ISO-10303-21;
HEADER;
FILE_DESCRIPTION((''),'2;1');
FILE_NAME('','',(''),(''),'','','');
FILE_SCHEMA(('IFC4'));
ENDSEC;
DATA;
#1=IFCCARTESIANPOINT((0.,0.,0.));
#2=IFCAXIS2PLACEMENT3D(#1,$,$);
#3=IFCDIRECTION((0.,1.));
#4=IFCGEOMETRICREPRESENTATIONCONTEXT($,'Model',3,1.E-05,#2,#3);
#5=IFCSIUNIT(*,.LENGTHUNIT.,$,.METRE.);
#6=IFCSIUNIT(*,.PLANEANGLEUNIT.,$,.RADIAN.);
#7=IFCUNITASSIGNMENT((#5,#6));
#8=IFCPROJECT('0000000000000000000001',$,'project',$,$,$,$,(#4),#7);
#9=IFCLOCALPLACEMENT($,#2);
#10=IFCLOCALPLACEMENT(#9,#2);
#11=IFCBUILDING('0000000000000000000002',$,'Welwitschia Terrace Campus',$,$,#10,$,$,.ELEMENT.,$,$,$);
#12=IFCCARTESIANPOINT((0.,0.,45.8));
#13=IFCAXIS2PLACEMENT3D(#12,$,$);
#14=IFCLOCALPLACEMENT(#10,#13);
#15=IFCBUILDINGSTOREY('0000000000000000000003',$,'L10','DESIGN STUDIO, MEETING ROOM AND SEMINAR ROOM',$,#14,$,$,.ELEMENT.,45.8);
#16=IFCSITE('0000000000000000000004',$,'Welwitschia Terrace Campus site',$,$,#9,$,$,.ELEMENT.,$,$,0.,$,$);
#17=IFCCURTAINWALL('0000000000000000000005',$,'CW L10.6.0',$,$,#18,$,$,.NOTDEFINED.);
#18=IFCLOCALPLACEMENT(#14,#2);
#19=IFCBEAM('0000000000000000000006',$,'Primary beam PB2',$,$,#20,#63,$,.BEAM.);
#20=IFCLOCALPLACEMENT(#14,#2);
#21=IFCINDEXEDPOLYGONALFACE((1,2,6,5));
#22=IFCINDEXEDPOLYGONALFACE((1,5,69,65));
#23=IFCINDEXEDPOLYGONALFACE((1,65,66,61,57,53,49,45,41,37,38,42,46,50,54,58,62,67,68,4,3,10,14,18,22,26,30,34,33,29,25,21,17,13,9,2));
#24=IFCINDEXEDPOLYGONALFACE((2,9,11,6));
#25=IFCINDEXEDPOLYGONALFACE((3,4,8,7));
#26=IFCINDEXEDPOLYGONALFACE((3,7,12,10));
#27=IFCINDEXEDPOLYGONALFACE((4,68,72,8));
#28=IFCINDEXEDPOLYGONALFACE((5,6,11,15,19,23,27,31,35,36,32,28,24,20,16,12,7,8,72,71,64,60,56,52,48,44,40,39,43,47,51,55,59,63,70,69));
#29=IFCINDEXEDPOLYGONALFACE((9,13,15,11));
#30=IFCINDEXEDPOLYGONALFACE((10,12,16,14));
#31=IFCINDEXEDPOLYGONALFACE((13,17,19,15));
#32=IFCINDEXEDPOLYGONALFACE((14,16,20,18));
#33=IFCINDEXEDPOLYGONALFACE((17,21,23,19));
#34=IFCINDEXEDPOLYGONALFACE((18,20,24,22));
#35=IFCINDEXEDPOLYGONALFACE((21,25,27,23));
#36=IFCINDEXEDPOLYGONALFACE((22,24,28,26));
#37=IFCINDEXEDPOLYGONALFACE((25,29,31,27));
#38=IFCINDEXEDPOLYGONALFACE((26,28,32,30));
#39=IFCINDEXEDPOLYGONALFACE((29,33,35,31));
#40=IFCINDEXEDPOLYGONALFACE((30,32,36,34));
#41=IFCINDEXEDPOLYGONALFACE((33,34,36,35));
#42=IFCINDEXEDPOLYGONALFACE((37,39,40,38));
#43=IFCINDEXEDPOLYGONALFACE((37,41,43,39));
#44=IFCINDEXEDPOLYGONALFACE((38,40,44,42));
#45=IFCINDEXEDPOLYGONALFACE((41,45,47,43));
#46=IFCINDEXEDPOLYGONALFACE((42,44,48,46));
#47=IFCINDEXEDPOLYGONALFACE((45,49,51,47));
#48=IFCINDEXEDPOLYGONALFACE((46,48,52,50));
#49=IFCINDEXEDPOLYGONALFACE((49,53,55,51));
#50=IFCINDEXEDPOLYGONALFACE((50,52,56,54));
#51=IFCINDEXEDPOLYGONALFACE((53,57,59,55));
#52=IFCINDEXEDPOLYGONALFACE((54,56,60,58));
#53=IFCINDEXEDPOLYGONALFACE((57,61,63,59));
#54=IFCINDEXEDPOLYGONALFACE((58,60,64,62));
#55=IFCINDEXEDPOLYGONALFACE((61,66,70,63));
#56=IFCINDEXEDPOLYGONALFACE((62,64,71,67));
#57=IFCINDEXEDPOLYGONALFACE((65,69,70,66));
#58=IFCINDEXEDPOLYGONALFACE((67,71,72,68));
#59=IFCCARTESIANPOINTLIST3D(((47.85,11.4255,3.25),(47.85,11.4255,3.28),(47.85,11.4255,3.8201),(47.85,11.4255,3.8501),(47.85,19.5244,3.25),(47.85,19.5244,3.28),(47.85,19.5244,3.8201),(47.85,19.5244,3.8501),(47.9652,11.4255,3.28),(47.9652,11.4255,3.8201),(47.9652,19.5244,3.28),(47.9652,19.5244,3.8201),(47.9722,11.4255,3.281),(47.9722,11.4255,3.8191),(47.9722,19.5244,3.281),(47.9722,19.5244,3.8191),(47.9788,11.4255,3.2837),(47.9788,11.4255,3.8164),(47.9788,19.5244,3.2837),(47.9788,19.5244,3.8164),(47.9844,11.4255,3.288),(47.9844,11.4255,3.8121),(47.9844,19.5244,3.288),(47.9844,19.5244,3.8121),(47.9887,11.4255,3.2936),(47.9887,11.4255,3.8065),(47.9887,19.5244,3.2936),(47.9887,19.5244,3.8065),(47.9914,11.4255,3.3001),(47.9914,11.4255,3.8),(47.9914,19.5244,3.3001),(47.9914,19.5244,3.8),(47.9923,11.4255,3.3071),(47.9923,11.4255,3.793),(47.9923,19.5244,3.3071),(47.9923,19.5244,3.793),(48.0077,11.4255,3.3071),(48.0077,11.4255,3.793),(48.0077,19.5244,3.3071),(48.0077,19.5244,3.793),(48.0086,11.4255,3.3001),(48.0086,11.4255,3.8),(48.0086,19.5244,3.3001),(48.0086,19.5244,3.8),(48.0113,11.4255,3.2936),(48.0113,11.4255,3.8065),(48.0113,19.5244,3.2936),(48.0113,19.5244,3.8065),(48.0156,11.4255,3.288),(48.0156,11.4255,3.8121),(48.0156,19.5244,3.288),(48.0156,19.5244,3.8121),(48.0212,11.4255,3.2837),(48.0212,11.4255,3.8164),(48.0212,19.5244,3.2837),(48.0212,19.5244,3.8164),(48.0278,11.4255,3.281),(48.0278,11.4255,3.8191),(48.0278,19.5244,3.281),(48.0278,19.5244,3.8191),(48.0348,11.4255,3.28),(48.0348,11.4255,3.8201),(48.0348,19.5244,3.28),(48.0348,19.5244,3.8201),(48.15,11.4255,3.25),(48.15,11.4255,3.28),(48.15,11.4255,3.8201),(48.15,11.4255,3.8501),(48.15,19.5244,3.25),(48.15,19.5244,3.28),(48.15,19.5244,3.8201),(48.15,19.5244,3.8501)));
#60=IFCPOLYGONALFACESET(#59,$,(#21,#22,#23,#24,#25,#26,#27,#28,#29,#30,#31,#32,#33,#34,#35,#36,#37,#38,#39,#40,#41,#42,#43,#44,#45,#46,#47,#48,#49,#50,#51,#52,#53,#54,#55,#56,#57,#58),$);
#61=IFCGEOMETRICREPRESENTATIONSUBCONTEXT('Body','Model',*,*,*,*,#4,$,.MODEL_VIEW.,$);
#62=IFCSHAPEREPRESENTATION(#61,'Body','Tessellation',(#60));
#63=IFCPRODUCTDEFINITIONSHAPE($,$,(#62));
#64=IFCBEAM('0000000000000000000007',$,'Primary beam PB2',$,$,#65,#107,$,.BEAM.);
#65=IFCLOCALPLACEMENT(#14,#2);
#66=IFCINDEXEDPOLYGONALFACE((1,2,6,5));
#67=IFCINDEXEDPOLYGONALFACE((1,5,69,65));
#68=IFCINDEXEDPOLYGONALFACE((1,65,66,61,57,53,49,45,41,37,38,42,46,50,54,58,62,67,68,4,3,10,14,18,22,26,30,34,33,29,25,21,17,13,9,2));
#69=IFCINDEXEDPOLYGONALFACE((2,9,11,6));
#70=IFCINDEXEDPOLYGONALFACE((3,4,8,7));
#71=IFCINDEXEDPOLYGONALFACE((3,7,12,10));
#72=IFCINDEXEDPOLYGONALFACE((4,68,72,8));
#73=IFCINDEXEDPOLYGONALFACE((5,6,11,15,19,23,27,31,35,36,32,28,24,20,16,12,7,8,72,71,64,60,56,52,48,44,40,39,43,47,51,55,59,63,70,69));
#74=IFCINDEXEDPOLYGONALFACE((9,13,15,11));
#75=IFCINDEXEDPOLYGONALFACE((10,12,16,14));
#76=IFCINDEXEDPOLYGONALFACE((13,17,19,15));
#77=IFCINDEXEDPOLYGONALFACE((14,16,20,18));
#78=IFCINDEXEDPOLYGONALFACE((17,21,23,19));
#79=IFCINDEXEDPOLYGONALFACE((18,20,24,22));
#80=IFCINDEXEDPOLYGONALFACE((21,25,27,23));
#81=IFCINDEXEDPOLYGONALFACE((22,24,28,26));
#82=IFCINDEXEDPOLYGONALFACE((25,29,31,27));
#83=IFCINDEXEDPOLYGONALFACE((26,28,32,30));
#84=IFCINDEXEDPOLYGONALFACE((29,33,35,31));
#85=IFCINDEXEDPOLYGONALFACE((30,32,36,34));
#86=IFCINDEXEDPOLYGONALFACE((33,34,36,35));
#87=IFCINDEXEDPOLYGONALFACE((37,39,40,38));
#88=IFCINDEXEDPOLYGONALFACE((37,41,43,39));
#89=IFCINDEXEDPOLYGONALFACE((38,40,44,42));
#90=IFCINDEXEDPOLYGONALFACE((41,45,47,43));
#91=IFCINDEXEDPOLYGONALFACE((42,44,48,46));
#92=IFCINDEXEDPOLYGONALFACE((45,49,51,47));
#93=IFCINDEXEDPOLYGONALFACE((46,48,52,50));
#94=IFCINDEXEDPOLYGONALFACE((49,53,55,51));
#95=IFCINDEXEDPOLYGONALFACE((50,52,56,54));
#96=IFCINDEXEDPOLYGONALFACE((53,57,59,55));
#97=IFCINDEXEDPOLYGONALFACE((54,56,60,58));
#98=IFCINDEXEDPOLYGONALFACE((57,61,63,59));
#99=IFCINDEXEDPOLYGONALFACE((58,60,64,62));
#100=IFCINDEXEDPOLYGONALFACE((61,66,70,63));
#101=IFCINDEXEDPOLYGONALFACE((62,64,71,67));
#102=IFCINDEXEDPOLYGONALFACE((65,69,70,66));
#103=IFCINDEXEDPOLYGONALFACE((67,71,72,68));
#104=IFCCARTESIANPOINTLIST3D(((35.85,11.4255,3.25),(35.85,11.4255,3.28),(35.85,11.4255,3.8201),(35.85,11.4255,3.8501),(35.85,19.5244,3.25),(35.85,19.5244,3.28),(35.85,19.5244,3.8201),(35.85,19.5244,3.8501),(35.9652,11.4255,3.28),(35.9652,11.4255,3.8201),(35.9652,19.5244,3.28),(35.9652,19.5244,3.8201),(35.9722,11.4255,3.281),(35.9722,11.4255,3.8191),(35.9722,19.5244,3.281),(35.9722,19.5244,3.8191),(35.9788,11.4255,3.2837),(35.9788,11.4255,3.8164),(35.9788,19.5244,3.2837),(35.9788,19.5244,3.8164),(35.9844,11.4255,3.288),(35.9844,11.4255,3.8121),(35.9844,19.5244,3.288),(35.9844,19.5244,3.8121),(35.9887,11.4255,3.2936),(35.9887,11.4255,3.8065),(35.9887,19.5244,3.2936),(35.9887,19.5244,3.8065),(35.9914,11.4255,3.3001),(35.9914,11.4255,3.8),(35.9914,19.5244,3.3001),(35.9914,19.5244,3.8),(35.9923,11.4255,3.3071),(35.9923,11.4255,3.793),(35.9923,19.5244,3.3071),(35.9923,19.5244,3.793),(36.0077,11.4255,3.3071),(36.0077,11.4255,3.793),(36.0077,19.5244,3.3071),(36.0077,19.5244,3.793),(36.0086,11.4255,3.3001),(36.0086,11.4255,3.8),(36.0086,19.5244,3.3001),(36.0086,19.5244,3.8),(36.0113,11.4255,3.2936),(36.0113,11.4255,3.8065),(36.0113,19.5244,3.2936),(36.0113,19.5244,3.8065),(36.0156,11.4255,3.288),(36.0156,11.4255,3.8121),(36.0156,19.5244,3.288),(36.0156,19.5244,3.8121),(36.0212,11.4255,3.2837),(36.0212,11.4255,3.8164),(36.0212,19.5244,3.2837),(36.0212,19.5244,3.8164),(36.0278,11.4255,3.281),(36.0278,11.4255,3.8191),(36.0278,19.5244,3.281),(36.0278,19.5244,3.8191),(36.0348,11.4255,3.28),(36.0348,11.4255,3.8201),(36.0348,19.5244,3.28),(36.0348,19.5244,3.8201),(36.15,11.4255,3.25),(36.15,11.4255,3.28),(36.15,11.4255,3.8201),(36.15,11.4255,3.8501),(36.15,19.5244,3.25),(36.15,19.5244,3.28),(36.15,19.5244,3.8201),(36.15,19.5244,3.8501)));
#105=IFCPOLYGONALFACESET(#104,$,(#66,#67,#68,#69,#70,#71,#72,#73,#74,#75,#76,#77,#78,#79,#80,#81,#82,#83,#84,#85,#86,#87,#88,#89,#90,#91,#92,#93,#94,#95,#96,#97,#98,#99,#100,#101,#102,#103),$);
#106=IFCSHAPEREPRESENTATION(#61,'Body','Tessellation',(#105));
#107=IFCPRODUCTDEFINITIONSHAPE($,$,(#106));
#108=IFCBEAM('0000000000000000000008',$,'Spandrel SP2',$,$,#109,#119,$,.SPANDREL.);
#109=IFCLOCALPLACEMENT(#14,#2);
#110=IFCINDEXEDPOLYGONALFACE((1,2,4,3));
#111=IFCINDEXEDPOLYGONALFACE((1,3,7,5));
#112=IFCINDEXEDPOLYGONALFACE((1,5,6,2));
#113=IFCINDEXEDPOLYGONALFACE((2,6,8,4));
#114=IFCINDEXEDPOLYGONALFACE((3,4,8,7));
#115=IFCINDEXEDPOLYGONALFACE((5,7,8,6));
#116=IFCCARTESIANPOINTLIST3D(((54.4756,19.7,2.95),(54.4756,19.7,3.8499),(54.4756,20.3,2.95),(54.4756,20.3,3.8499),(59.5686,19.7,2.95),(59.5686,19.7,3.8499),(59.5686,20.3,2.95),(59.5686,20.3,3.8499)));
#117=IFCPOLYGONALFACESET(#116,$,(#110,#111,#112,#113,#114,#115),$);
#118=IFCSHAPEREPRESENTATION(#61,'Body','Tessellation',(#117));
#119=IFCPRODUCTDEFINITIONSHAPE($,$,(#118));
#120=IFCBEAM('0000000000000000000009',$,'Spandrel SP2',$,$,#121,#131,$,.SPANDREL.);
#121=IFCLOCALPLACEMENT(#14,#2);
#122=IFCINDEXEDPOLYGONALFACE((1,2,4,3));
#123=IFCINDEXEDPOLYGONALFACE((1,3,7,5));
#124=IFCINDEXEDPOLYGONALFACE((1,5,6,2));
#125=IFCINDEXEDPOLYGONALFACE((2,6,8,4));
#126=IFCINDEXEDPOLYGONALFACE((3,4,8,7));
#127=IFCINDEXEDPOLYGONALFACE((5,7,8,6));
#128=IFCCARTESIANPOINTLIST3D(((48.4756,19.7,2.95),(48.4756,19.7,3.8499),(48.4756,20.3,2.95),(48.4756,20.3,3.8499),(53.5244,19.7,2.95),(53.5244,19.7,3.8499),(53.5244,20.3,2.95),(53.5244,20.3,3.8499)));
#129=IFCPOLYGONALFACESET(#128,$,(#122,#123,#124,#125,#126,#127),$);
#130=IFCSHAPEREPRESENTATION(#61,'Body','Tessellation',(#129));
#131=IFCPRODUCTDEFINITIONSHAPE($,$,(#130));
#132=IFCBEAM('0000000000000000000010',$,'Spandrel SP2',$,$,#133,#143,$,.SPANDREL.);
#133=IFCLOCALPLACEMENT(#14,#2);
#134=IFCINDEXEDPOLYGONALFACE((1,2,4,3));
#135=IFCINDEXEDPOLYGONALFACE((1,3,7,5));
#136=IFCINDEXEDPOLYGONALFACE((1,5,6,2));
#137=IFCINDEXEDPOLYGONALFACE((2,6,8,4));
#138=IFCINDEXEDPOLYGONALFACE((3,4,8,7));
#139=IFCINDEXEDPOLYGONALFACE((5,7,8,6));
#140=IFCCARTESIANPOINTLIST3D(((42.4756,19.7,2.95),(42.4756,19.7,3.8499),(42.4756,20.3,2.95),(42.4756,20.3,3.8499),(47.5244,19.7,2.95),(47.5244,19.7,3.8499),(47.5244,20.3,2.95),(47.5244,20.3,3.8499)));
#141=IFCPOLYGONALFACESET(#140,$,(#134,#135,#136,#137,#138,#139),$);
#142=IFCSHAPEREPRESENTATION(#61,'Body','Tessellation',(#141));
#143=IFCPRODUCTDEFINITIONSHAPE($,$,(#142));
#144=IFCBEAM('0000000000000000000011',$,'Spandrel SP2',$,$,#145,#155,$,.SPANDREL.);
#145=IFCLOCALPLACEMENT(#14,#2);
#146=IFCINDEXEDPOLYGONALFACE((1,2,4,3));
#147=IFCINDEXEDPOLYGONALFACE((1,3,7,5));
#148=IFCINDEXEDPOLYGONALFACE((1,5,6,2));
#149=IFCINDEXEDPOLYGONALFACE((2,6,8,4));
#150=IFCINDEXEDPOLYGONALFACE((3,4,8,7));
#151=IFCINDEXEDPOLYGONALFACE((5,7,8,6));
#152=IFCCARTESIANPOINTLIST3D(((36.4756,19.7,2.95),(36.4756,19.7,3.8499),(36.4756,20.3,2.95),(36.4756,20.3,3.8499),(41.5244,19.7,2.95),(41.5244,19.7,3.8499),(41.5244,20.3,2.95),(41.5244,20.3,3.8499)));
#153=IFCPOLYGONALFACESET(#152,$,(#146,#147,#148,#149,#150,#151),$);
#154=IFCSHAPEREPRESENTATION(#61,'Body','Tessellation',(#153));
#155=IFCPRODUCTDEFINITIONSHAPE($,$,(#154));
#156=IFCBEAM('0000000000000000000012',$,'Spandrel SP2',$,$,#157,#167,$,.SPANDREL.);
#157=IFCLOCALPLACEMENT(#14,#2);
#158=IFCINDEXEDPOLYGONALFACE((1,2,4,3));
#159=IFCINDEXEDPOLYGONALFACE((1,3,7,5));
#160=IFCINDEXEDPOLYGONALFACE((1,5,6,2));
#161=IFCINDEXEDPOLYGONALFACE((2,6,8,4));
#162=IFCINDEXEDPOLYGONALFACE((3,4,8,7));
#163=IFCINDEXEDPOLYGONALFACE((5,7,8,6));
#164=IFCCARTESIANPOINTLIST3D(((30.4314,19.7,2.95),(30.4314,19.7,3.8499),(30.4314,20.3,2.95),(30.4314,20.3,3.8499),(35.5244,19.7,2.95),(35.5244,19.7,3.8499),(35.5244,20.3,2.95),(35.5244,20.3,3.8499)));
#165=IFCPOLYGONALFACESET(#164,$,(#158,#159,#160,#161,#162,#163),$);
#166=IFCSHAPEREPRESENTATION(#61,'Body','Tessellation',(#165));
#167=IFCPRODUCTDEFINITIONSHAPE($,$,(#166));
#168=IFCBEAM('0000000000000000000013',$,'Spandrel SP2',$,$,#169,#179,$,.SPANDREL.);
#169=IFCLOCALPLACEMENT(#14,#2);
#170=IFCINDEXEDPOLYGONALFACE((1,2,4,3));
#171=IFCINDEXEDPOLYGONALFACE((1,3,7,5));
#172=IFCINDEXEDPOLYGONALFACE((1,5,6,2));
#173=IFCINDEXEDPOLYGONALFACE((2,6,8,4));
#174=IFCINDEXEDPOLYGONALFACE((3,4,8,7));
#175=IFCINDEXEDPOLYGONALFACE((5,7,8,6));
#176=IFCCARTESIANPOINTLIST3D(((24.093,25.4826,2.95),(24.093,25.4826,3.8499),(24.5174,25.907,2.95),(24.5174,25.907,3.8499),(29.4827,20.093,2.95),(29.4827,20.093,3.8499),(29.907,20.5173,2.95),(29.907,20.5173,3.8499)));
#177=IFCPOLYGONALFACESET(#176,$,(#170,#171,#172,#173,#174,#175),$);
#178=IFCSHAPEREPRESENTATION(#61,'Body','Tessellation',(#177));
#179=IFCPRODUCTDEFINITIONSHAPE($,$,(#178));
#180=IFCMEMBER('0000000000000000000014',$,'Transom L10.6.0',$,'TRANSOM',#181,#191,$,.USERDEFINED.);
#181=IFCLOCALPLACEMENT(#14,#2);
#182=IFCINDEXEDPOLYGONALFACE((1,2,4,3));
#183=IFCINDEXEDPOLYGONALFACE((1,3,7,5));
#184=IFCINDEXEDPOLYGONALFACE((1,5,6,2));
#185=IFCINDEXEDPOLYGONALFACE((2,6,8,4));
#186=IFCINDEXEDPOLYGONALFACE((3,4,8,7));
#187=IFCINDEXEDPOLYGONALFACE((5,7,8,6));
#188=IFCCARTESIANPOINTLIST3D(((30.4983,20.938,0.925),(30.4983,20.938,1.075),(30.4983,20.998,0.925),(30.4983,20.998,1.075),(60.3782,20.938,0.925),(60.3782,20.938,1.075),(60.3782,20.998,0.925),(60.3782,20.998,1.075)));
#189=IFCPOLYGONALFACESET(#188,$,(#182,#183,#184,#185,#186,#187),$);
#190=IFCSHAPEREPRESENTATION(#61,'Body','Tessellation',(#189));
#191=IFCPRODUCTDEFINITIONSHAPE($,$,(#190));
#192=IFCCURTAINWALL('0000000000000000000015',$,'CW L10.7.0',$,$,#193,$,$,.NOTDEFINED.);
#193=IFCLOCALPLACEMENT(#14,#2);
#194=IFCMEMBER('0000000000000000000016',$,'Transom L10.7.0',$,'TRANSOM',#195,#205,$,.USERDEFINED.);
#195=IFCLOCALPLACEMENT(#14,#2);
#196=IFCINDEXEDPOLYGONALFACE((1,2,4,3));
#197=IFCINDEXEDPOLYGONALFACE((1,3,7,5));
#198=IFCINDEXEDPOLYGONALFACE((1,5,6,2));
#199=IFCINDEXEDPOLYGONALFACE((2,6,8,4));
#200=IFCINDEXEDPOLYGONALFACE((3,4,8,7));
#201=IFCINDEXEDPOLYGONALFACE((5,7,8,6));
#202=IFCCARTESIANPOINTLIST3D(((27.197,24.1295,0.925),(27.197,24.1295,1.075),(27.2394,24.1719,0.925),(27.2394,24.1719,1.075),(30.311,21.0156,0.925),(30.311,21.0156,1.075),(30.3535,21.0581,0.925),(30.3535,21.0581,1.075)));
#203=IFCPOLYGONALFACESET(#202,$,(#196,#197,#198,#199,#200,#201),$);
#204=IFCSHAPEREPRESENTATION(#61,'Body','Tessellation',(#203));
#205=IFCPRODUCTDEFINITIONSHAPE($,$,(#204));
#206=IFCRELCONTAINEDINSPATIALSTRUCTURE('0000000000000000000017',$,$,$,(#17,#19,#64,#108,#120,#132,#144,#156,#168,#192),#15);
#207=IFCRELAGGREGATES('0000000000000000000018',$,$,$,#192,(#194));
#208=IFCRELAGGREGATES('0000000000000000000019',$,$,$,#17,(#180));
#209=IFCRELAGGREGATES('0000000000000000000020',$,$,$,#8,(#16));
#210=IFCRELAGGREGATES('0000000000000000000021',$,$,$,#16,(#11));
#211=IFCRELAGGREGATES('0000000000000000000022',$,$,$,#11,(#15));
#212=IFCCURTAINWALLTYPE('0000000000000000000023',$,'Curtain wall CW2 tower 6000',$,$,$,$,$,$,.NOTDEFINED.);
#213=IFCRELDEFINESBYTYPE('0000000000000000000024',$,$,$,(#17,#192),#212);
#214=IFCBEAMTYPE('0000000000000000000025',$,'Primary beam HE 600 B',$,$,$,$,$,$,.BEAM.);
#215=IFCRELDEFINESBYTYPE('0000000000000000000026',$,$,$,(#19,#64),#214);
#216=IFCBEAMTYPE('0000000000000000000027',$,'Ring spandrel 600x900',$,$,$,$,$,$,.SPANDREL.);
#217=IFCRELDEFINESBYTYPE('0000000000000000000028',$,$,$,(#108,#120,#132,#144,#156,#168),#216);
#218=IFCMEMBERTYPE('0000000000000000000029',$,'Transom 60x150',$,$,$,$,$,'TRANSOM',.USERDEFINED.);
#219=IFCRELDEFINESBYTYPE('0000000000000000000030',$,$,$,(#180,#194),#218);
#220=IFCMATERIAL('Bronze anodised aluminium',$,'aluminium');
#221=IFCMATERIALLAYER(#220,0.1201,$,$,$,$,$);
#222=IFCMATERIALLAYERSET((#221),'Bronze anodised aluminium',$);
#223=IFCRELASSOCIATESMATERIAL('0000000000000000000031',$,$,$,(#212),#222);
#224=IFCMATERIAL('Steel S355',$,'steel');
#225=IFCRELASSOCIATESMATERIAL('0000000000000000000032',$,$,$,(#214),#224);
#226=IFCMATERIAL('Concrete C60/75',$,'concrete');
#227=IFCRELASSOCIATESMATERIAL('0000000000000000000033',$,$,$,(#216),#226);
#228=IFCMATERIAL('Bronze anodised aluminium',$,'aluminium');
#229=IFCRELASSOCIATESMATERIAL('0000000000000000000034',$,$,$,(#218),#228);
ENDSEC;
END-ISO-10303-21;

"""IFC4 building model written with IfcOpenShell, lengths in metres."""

from ifc_helpers import new_model, si_unit, direction, frame, origin, origin_2d, place, context, subcontext, project, spatial, rectangle, i_section, extrude, material, layer, layer_set, material_profile, profile_set, type_object, element, aggregate, save


model = new_model("IFC4")

# Units and contexts
model_context = context("Model", 3, precision=1e-05, world=origin(), true_north=direction((0.0, 1.0)))
body_context = subcontext(model_context, "Body", "Model", "MODEL_VIEW")
ifc_project = project(units=[si_unit("LENGTHUNIT", "METRE"), si_unit("PLANEANGLEUNIT", "RADIAN")], contexts=[model_context])

# Site, building, storey
site_placement = place(None, origin())
site = spatial("IfcSite", under=ifc_project, at=site_placement, Name="Welwitschia Terrace Campus site", CompositionType="ELEMENT", RefElevation=0.0)
building_placement = place(site_placement, origin())
building = spatial("IfcBuilding", under=site, at=building_placement, Name="Welwitschia Terrace Campus", CompositionType="ELEMENT")
storey_placement = place(building_placement, frame((0.0, 0.0, 45.8)))
storey = spatial("IfcBuildingStorey", under=building, at=storey_placement, Name="L10", Description="DESIGN STUDIO, MEETING ROOM AND SEMINAR ROOM", CompositionType="ELEMENT", Elevation=45.8)

# Shared definitions
ifc_material_1 = material(Name="Bronze anodised aluminium", Category="aluminium")
ifc_layer_1 = layer(ifc_material_1, 0.1201)
ifc_layer_set_1 = layer_set([ifc_layer_1], Name="Bronze anodised aluminium")
curtain_wall_type = type_object("IfcCurtainWallType", Name="Curtain wall CW2 tower 6000", PredefinedType="NOTDEFINED", material=ifc_layer_set_1)

# Curtain wall
curtain_wall_1_placement = place(storey_placement, origin())
curtain_wall_1 = element("IfcCurtainWall", 1, at=curtain_wall_1_placement, inside=storey, type_object=curtain_wall_type, Name="CW L10.6.0", PredefinedType="NOTDEFINED")

# Beams
ifc_material_2 = material(Name="Steel S355", Category="steel")
ifc_material_profile_1 = material_profile(ifc_material_2, i_section(OverallWidth=0.3, OverallDepth=0.6001, WebThickness=0.0154, FlangeThickness=0.03, FilletRadius=0.0271, at=origin_2d()))
ifc_profile_set_1 = profile_set([ifc_material_profile_1], Name="Steel S355")
beam_type_1 = type_object("IfcBeamType", Name="Primary beam HE 600 B", PredefinedType="BEAM", material=ifc_profile_set_1)
for number, where, z_axis, x_axis, name in (
    (2, (48.0, 19.5244, 3.55), (0.0, -1.0, 0.0), (1.0, 0.0, 0.0), "Primary beam PB2"),
    (3, (36.0, 19.5244, 3.55), (0.0, -1.0, 0.0), (1.0, 0.0, 0.0), "Primary beam PB2"),
):
    element("IfcBeam", number, at=place(storey_placement, frame(where, z_axis=z_axis, x_axis=x_axis)), inside=storey, type_object=beam_type_1, Name=name, PredefinedType="BEAM", context=body_context, shape_type="SweptSolid", body=[
        extrude(i_section(OverallWidth=0.3, OverallDepth=0.6001, WebThickness=0.0154, FlangeThickness=0.03, FilletRadius=0.0271, at=origin_2d()), origin(), (0.0, 0.0, 1.0), 8.0989),
    ])
ifc_material_3 = material(Name="Concrete C60/75", Category="concrete")
ifc_material_profile_2 = material_profile(ifc_material_3, rectangle(XDim=0.6001, YDim=0.8999, at=origin_2d()))
ifc_profile_set_2 = profile_set([ifc_material_profile_2], Name="Concrete C60/75")
beam_type_2 = type_object("IfcBeamType", Name="Ring spandrel 600x900", PredefinedType="SPANDREL", material=ifc_profile_set_2)
beam_1_placement = place(storey_placement, frame((59.5686, 20.0, 3.3999), z_axis=(-1.0, 0.0, 0.0), x_axis=(0.0, -1.0, 0.0)))
element("IfcBeam", 4, at=beam_1_placement, inside=storey, type_object=beam_type_2, Name="Spandrel SP2", PredefinedType="SPANDREL", context=body_context, shape_type="SweptSolid", body=[
    extrude(rectangle(XDim=0.6001, YDim=0.8999, at=origin_2d()), origin(), (0.0, 0.0, 1.0), 5.093),
])
for number, where, z_axis, x_axis, name in (
    (5, (53.5244, 20.0, 3.3999), (-1.0, 0.0, 0.0), (0.0, -1.0, 0.0), "Spandrel SP2"),
    (6, (47.5244, 20.0, 3.3999), (-1.0, 0.0, 0.0), (0.0, -1.0, 0.0), "Spandrel SP2"),
    (7, (41.5244, 20.0, 3.3999), (-1.0, 0.0, 0.0), (0.0, -1.0, 0.0), "Spandrel SP2"),
):
    element("IfcBeam", number, at=place(storey_placement, frame(where, z_axis=z_axis, x_axis=x_axis)), inside=storey, type_object=beam_type_2, Name=name, PredefinedType="SPANDREL", context=body_context, shape_type="SweptSolid", body=[
        extrude(rectangle(XDim=0.6001, YDim=0.8999, at=origin_2d()), origin(), (0.0, 0.0, 1.0), 5.0488),
    ])
beam_2_placement = place(storey_placement, frame((35.5244, 20.0, 3.3999), z_axis=(-1.0, 0.0, 0.0), x_axis=(0.0, -1.0, 0.0)))
element("IfcBeam", 8, at=beam_2_placement, inside=storey, type_object=beam_type_2, Name="Spandrel SP2", PredefinedType="SPANDREL", context=body_context, shape_type="SweptSolid", body=[
    extrude(rectangle(XDim=0.6001, YDim=0.8999, at=origin_2d()), origin(), (0.0, 0.0, 1.0), 5.093),
])
beam_3_placement = place(storey_placement, frame((29.6948, 20.3052, 3.3999), z_axis=(-0.707107, 0.707107, 0.0), x_axis=(-0.707107, -0.707107, 0.0)))
element("IfcBeam", 9, at=beam_3_placement, inside=storey, type_object=beam_type_2, Name="Spandrel SP2", PredefinedType="SPANDREL", context=body_context, shape_type="SweptSolid", body=[
    extrude(rectangle(XDim=0.6001, YDim=0.8999, at=origin_2d()), origin(), (0.0, 0.0, 1.0), 7.6221),
])

# Member
ifc_material_4 = material(Name="Bronze anodised aluminium", Category="aluminium")
ifc_material_profile_3 = material_profile(ifc_material_4, rectangle(XDim=0.0601, YDim=0.1499, at=origin_2d()))
ifc_profile_set_3 = profile_set([ifc_material_profile_3], Name="Bronze anodised aluminium")
member_type_1 = type_object("IfcMemberType", Name="Transom 60x150", ElementType="TRANSOM", PredefinedType="USERDEFINED", material=ifc_profile_set_3)
member_1_placement = place(storey_placement, frame((60.3782, 20.968, 1.0), z_axis=(-1.0, 0.0, 0.0), x_axis=(0.0, -1.0, 0.0)))
member_1 = element("IfcMember", 10, at=member_1_placement, type_object=member_type_1, Name="Transom L10.6.0", ObjectType="TRANSOM", PredefinedType="USERDEFINED", context=body_context, shape_type="SweptSolid", body=[
    extrude(rectangle(XDim=0.0601, YDim=0.1499, at=origin_2d()), origin(), (0.0, 0.0, 1.0), 29.8799),
])

# Curtain wall, member
curtain_wall_2_placement = place(storey_placement, origin())
curtain_wall_2 = element("IfcCurtainWall", 11, at=curtain_wall_2_placement, inside=storey, type_object=curtain_wall_type, Name="CW L10.7.0", PredefinedType="NOTDEFINED")
member_2_placement = place(storey_placement, frame((30.3323, 21.0369, 1.0), z_axis=(-0.707135, 0.707079, 0.0), x_axis=(-0.707079, -0.707135, 0.0)))
member_2 = element("IfcMember", 12, at=member_2_placement, type_object=member_type_1, Name="Transom L10.7.0", ObjectType="TRANSOM", PredefinedType="USERDEFINED", context=body_context, shape_type="SweptSolid", body=[
    extrude(rectangle(XDim=0.0601, YDim=0.1499, at=origin_2d()), origin(), (0.0, 0.0, 1.0), 4.4038),
])
aggregate(curtain_wall_2, [member_2])

aggregate(curtain_wall_1, [member_1])

save(model, "model.ifc")
